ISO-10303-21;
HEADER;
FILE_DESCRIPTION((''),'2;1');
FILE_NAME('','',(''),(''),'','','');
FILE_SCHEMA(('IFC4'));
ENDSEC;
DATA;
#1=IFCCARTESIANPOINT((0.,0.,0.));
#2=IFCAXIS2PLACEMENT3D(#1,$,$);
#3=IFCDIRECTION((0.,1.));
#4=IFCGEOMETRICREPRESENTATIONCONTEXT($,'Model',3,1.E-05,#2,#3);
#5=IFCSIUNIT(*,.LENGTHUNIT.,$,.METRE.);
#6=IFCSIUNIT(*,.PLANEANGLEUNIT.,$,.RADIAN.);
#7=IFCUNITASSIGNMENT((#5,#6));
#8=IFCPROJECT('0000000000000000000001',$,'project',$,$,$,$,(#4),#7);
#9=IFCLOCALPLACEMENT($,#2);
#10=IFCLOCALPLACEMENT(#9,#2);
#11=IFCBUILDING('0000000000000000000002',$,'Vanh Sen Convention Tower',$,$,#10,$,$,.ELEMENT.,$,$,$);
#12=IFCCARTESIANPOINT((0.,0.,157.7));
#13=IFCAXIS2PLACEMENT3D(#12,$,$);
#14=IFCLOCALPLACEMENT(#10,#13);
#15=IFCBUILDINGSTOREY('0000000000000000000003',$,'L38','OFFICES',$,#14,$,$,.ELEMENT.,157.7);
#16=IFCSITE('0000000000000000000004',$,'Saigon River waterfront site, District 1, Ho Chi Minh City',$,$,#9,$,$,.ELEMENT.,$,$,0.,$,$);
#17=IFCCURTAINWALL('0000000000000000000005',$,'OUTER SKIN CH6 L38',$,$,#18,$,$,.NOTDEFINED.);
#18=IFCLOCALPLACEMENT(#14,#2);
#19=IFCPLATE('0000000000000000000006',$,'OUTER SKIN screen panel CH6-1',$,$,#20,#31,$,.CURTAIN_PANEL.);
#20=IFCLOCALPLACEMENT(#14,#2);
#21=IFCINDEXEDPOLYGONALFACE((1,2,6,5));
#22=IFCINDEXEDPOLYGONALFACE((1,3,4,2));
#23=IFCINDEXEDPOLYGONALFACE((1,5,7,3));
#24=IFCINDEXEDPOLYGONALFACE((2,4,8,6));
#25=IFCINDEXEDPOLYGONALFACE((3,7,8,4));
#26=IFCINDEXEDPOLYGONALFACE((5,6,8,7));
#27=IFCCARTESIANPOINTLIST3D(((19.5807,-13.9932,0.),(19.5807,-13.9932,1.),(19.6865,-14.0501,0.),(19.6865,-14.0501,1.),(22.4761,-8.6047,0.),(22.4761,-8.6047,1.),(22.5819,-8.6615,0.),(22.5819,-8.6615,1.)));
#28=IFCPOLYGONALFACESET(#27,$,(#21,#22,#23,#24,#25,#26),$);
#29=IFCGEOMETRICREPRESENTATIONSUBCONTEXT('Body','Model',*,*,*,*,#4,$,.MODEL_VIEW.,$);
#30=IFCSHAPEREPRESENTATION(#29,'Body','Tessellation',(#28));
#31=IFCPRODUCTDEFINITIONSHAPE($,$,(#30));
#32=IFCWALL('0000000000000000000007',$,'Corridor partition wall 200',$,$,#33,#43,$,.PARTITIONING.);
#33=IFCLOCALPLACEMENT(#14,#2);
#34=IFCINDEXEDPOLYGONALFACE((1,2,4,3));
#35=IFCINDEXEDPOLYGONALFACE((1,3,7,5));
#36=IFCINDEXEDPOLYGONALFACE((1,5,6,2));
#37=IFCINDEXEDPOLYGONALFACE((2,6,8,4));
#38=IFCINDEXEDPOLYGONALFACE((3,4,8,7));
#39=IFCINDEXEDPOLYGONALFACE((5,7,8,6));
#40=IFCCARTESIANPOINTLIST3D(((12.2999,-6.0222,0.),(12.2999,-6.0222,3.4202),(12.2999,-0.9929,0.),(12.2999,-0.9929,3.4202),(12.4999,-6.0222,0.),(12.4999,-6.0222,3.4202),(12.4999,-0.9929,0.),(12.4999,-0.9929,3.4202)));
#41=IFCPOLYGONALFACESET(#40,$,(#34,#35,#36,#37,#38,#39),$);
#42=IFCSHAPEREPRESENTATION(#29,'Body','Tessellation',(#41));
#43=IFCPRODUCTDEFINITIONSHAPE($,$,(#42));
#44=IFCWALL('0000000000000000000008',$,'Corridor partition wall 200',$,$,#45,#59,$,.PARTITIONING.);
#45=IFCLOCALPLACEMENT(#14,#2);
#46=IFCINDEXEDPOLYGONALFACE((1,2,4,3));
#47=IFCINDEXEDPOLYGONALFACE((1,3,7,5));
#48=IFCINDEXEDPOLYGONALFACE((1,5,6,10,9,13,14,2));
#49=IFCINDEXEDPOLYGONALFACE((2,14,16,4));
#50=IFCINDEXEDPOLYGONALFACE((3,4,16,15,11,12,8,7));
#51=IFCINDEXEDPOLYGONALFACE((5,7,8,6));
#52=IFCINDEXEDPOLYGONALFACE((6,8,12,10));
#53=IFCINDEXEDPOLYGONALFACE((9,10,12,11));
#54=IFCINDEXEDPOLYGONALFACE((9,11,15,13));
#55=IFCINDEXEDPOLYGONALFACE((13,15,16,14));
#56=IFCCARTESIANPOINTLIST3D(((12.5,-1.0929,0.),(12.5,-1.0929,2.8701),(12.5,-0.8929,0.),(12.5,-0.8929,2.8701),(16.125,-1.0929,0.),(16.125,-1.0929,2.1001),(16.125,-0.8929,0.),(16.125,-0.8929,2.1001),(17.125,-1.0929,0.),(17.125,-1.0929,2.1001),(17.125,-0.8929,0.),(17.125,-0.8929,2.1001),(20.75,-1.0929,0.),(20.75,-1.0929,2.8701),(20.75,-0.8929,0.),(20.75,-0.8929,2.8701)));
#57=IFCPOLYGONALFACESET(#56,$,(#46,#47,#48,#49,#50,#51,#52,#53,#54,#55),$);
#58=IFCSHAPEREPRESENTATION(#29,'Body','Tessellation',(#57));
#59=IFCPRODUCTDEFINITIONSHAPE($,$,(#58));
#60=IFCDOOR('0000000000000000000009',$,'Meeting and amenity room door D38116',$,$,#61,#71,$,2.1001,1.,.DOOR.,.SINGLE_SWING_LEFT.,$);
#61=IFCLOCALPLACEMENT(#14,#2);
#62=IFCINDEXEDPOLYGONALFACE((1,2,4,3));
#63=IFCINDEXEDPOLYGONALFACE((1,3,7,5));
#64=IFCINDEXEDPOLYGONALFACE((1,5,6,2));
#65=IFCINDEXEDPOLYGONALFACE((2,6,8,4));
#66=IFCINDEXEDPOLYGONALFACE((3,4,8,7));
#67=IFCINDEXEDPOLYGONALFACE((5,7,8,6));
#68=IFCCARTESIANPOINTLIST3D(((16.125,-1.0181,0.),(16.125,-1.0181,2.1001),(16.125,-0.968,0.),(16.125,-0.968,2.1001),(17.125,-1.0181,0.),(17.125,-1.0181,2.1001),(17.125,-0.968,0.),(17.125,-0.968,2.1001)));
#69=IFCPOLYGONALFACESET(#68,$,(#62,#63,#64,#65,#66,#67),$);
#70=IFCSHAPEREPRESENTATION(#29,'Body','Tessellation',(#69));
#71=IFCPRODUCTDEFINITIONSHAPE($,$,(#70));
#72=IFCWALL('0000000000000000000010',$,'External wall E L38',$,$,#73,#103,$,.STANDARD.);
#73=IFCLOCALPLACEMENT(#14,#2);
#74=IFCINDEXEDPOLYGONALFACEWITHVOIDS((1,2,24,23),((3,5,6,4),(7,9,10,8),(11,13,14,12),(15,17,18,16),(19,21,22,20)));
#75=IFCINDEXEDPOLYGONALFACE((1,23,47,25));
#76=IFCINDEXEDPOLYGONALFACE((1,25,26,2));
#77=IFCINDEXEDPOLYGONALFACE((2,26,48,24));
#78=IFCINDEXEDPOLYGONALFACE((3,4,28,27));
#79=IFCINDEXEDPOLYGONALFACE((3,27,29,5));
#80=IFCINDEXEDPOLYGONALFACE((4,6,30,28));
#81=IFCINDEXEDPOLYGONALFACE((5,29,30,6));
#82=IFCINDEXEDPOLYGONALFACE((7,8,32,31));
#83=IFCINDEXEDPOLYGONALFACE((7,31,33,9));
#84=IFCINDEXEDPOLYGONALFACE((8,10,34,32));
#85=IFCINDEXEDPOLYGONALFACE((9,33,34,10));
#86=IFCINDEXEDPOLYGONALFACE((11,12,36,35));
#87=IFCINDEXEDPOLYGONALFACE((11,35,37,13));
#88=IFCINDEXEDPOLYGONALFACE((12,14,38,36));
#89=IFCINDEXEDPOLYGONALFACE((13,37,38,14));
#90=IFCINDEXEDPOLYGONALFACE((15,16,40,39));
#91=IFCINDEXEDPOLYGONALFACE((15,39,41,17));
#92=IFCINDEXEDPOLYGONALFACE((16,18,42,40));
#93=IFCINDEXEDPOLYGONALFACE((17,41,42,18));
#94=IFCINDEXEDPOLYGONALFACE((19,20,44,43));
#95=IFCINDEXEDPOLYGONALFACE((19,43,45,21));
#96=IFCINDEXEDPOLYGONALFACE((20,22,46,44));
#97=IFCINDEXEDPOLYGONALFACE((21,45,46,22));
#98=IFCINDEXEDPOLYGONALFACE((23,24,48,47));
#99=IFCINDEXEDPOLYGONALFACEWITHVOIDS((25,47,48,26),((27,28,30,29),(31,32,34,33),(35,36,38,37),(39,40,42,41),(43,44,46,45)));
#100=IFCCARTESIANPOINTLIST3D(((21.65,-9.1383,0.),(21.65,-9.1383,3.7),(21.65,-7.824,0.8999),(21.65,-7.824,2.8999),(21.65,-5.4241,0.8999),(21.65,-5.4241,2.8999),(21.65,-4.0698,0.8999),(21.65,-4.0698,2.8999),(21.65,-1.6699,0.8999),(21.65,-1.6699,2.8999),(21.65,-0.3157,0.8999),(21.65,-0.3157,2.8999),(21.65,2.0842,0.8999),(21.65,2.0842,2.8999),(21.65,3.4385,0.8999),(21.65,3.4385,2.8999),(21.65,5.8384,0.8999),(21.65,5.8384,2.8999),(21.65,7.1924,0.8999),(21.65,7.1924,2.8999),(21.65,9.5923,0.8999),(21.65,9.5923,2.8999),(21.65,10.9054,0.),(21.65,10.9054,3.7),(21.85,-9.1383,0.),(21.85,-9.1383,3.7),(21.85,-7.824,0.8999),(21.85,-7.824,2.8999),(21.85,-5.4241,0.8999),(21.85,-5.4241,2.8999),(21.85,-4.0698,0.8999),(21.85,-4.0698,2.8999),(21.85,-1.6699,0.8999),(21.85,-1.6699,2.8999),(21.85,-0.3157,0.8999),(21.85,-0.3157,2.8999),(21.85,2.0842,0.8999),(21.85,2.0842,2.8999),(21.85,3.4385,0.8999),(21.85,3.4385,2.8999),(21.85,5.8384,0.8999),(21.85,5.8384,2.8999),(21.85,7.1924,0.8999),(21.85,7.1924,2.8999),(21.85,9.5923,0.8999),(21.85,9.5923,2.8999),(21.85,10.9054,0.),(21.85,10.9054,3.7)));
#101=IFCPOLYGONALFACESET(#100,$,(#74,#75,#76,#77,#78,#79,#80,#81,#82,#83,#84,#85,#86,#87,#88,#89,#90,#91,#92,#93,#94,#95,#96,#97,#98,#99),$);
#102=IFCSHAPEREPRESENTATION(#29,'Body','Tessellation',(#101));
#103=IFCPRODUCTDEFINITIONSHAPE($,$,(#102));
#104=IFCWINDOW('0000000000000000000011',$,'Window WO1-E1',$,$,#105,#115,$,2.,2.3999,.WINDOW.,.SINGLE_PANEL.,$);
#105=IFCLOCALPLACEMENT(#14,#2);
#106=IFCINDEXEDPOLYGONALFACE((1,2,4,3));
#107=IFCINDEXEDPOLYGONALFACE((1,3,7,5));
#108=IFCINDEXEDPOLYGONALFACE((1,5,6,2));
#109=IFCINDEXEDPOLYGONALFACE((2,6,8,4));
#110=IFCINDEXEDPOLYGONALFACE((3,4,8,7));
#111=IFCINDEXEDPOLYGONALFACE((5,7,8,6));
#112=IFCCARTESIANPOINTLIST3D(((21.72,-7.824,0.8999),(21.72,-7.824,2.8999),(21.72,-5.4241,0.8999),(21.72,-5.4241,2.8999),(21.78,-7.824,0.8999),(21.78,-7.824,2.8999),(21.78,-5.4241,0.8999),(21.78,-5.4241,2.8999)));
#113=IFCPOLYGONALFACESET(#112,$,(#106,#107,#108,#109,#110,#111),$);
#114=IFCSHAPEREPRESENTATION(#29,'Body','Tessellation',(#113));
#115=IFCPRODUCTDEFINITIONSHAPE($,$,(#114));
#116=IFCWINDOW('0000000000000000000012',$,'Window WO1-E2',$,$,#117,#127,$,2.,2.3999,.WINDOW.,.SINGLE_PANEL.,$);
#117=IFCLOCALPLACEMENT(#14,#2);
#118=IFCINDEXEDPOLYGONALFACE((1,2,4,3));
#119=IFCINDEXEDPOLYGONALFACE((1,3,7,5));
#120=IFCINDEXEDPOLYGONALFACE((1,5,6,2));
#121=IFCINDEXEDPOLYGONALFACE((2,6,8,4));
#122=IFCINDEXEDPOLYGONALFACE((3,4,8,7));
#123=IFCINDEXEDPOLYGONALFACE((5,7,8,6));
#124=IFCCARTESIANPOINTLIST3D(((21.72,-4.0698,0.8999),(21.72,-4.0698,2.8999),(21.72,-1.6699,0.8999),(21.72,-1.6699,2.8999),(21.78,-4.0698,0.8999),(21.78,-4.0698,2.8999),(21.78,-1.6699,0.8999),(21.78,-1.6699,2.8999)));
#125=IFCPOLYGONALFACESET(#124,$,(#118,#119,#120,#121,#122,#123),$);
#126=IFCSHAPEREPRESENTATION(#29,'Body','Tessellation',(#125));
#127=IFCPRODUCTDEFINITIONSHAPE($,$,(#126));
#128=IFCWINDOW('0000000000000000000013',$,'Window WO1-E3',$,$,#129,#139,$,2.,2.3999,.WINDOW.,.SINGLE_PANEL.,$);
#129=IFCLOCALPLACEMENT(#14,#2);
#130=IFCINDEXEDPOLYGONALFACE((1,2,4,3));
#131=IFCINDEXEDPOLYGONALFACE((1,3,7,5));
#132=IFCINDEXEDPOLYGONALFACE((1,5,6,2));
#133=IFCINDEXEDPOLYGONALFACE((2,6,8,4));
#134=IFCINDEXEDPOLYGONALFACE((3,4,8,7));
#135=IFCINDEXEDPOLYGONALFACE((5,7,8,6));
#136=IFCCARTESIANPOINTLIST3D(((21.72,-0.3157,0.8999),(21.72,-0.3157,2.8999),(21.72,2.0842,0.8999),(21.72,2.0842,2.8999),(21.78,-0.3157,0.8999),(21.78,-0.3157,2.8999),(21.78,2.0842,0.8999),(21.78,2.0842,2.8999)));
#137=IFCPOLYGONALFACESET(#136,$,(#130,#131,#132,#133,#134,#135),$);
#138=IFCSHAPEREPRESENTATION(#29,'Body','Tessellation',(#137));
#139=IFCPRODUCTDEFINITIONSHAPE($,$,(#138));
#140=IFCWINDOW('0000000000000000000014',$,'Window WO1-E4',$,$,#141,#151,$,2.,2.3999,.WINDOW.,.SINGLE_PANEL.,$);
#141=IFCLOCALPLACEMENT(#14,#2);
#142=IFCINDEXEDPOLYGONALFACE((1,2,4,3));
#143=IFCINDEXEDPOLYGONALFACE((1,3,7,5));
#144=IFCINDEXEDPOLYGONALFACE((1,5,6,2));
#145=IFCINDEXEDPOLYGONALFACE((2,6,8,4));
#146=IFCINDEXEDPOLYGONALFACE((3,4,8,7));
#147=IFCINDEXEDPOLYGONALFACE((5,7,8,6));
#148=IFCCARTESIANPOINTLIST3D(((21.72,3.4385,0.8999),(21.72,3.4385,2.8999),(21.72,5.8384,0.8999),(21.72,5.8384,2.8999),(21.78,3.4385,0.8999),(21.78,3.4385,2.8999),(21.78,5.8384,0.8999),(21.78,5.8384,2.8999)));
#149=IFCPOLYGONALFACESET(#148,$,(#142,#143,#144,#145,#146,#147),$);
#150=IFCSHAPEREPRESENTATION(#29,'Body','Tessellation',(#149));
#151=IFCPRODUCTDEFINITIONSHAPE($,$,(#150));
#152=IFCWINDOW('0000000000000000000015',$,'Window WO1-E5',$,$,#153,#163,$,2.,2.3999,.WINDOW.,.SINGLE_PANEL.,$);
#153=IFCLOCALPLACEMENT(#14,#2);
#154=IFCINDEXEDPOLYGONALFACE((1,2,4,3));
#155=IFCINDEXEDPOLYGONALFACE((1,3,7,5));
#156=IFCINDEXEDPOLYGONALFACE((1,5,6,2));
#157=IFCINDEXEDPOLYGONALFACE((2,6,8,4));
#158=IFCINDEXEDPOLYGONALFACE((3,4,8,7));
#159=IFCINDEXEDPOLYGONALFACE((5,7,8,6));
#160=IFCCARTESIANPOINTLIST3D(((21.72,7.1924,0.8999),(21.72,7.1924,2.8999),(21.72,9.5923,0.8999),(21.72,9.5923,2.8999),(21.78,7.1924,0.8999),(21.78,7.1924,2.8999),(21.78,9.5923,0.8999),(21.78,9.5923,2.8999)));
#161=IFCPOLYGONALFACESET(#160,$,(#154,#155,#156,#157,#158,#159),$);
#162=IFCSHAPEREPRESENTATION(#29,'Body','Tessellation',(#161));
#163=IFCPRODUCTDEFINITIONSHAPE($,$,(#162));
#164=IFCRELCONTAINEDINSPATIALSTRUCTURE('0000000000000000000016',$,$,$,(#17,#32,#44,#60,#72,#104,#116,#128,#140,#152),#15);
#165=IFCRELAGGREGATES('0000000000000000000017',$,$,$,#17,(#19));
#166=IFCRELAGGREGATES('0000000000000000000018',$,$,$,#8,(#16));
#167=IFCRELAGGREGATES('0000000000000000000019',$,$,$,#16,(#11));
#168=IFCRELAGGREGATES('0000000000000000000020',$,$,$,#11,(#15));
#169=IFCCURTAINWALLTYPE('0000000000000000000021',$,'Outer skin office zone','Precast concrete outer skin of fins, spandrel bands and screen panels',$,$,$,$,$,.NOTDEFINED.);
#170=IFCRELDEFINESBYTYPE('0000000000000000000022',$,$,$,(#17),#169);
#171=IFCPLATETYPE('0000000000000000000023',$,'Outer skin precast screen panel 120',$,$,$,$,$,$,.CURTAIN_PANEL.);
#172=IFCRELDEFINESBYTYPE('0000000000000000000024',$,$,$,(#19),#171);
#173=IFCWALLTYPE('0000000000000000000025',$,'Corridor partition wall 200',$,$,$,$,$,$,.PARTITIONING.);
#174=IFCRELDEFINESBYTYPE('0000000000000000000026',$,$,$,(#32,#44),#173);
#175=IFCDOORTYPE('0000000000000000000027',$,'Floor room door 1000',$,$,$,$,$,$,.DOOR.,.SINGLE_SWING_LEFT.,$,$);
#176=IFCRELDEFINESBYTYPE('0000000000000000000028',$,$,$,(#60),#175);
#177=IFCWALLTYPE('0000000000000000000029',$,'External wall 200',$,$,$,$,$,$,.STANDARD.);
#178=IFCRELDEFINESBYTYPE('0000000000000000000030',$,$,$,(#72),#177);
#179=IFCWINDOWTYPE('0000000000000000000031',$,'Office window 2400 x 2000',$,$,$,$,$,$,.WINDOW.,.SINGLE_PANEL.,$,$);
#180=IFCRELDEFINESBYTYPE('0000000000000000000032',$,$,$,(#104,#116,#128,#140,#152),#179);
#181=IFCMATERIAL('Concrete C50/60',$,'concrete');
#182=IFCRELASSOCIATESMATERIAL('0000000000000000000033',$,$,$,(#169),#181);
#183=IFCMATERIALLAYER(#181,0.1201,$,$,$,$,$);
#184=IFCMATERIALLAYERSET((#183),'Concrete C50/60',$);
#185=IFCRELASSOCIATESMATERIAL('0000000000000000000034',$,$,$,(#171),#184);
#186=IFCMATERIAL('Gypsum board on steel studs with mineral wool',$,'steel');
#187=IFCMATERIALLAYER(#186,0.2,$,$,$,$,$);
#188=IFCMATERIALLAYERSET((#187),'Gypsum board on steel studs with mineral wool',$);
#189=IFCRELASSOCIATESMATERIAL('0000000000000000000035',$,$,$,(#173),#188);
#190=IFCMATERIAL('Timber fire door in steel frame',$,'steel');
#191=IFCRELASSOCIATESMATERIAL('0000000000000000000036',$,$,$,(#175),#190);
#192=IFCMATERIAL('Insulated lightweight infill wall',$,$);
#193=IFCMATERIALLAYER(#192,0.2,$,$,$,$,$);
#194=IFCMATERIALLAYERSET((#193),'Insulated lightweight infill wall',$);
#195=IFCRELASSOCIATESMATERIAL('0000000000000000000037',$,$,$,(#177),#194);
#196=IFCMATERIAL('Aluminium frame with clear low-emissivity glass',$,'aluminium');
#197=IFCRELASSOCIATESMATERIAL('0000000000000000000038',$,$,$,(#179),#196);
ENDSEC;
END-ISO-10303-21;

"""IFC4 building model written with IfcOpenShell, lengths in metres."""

from ifc_helpers import new_model, si_unit, direction, frame, frame_2d, origin, origin_2d, place, context, subcontext, project, spatial, rectangle, extrude, material, layer, layer_set, type_object, element, fill, aggregate, save


model = new_model("IFC4")

# Units and contexts
model_context = context("Model", 3, precision=1e-05, world=origin(), true_north=direction((0.0, 1.0)))
body_context = subcontext(model_context, "Body", "Model", "MODEL_VIEW")
ifc_project = project(units=[si_unit("LENGTHUNIT", "METRE"), si_unit("PLANEANGLEUNIT", "RADIAN")], contexts=[model_context])

# Site, building, storey
site_placement = place(None, origin())
site = spatial("IfcSite", under=ifc_project, at=site_placement, Name="Saigon River waterfront site, District 1, Ho Chi Minh City", CompositionType="ELEMENT", RefElevation=0.0)
building_placement = place(site_placement, origin())
building = spatial("IfcBuilding", under=site, at=building_placement, Name="Vanh Sen Convention Tower", CompositionType="ELEMENT")
storey_placement = place(building_placement, frame((0.0, 0.0, 157.7)))
storey = spatial("IfcBuildingStorey", under=building, at=storey_placement, Name="L38", Description="OFFICES", CompositionType="ELEMENT", Elevation=157.7)

# Shared definitions
ifc_material_1 = material(Name="Concrete C50/60", Category="concrete")
curtain_wall_type = type_object("IfcCurtainWallType", Name="Outer skin office zone", Description="Precast concrete outer skin of fins, spandrel bands and screen panels", PredefinedType="NOTDEFINED", material=ifc_material_1)

# Shared definitions
ifc_layer_1 = layer(ifc_material_1, 0.1201)
ifc_layer_set_1 = layer_set([ifc_layer_1], Name="Concrete C50/60")
plate_type = type_object("IfcPlateType", Name="Outer skin precast screen panel 120", PredefinedType="CURTAIN_PANEL", material=ifc_layer_set_1)

# Curtain wall, plate
curtain_wall_1_placement = place(storey_placement, origin())
curtain_wall_1 = element("IfcCurtainWall", 1, at=curtain_wall_1_placement, inside=storey, type_object=curtain_wall_type, Name="OUTER SKIN CH6 L38", PredefinedType="NOTDEFINED")
plate_1_placement = place(storey_placement, frame((21.0813, -11.3274, 0.0), z_axis=(0.0, 0.0, 1.0), x_axis=(0.473321, 0.88089, 0.0)))
plate_1 = element("IfcPlate", 2, at=plate_1_placement, type_object=plate_type, Name="OUTER SKIN screen panel CH6-1", PredefinedType="CURTAIN_PANEL", context=body_context, shape_type="SweptSolid", body=[
    extrude(rectangle(XDim=6.1172, YDim=0.1201, at=origin_2d()), origin(), (0.0, 0.0, 1.0), 1.0),
])
aggregate(curtain_wall_1, [plate_1])

# Wall
ifc_material_2 = material(Name="Gypsum board on steel studs with mineral wool", Category="steel")
ifc_layer_2 = layer(ifc_material_2, 0.2)
ifc_layer_set_2 = layer_set([ifc_layer_2], Name="Gypsum board on steel studs with mineral wool")
wall_type_1 = type_object("IfcWallType", Name="Corridor partition wall 200", PredefinedType="PARTITIONING", material=ifc_layer_set_2)
wall_1_placement = place(storey_placement, frame((12.3999, -6.0222, 0.0), z_axis=(0.0, 0.0, 1.0), x_axis=(0.0, 1.0, 0.0)))
element("IfcWall", 3, at=wall_1_placement, inside=storey, type_object=wall_type_1, Name="Corridor partition wall 200", PredefinedType="PARTITIONING", context=body_context, shape_type="SweptSolid", body=[
    extrude(rectangle(XDim=5.0293, YDim=0.2, at=frame_2d((2.5146, 0.0))), origin(), (0.0, 0.0, 1.0), 3.4202),
])

# Wall, opening, door
wall_2_placement = place(storey_placement, frame((12.5, -0.9929, 0.0), z_axis=(0.0, 0.0, 1.0), x_axis=(1.0, 0.0, 0.0)))
wall_2 = element("IfcWall", 4, at=wall_2_placement, inside=storey, type_object=wall_type_1, Name="Corridor partition wall 200", PredefinedType="PARTITIONING", context=body_context, shape_type="SweptSolid", body=[
    extrude(rectangle(XDim=8.25, YDim=0.2, at=frame_2d((4.125, 0.0))), origin(), (0.0, 0.0, 1.0), 2.8701),
])
opening_1_placement = place(wall_2_placement, frame((3.625, 0.0, 0.0)))
opening_1 = element("IfcOpeningElement", 5, at=opening_1_placement, cuts=wall_2, PredefinedType="OPENING", context=body_context, shape_type="SweptSolid", body=[
    extrude(rectangle(XDim=1.0, YDim=2.1001, at=frame_2d((0.5, 1.05))), frame((0.0, 0.1099, 0.0), z_axis=(0.0, -1.0, 0.0), x_axis=(1.0, 0.0, 0.0)), (0.0, 0.0, 1.0), 0.22),
])
ifc_material_3 = material(Name="Timber fire door in steel frame", Category="steel")
door_type = type_object("IfcDoorType", Name="Floor room door 1000", OperationType="SINGLE_SWING_LEFT", PredefinedType="DOOR", material=ifc_material_3)
door_placement = place(opening_1_placement, origin())
door = element("IfcDoor", 6, at=door_placement, inside=storey, type_object=door_type, Name="Meeting and amenity room door D38116", OperationType="SINGLE_SWING_LEFT", OverallHeight=2.1001, OverallWidth=1.0, PredefinedType="DOOR", context=body_context, shape_type="SweptSolid", body=[
    extrude(rectangle(XDim=1.0, YDim=2.1001, at=frame_2d((0.5, 1.05))), frame((0.0, 0.0249, 0.0), z_axis=(0.0, -1.0, 0.0), x_axis=(1.0, 0.0, 0.0)), (0.0, 0.0, 1.0), 0.05),
])
fill(opening_1, door)

# Wall, openings, windows
ifc_material_4 = material(Name="Insulated lightweight infill wall")
ifc_layer_3 = layer(ifc_material_4, 0.2)
ifc_layer_set_3 = layer_set([ifc_layer_3], Name="Insulated lightweight infill wall")
wall_type_2 = type_object("IfcWallType", Name="External wall 200", PredefinedType="STANDARD", material=ifc_layer_set_3)
wall_3_placement = place(storey_placement, frame((21.75, -9.1384, 0.0), z_axis=(0.0, 0.0, 1.0), x_axis=(0.0, 1.0, 0.0)))
wall_3 = element("IfcWall", 7, at=wall_3_placement, inside=storey, type_object=wall_type_2, Name="External wall E L38", PredefinedType="STANDARD", context=body_context, shape_type="SweptSolid", body=[
    extrude(rectangle(XDim=20.0437, YDim=0.2, at=frame_2d((10.022, 0.0))), origin(), (0.0, 0.0, 1.0), 3.7),
])
opening_2_placement = place(wall_3_placement, frame((1.3145, 0.0, 0.8999)))
opening_2 = element("IfcOpeningElement", 8, at=opening_2_placement, cuts=wall_3, PredefinedType="OPENING", context=body_context, shape_type="SweptSolid", body=[
    extrude(rectangle(XDim=2.3999, YDim=2.0, at=frame_2d((1.2, 1.0))), frame((0.0, 0.1099, 0.0), z_axis=(0.0, -1.0, 0.0), x_axis=(1.0, 0.0, 0.0)), (0.0, 0.0, 1.0), 0.22),
])
opening_3_placement = place(wall_3_placement, frame((5.0686, 0.0, 0.8999)))
opening_3 = element("IfcOpeningElement", 9, at=opening_3_placement, cuts=wall_3, PredefinedType="OPENING", context=body_context, shape_type="SweptSolid", body=[
    extrude(rectangle(XDim=2.3999, YDim=2.0, at=frame_2d((1.2, 1.0))), frame((0.0, 0.1099, 0.0), z_axis=(0.0, -1.0, 0.0), x_axis=(1.0, 0.0, 0.0)), (0.0, 0.0, 1.0), 0.22),
])
opening_4_placement = place(wall_3_placement, frame((8.8228, 0.0, 0.8999)))
opening_4 = element("IfcOpeningElement", 10, at=opening_4_placement, cuts=wall_3, PredefinedType="OPENING", context=body_context, shape_type="SweptSolid", body=[
    extrude(rectangle(XDim=2.3999, YDim=2.0, at=frame_2d((1.2, 1.0))), frame((0.0, 0.1099, 0.0), z_axis=(0.0, -1.0, 0.0), x_axis=(1.0, 0.0, 0.0)), (0.0, 0.0, 1.0), 0.22),
])
opening_5_placement = place(wall_3_placement, frame((12.5769, 0.0, 0.8999)))
opening_5 = element("IfcOpeningElement", 11, at=opening_5_placement, cuts=wall_3, PredefinedType="OPENING", context=body_context, shape_type="SweptSolid", body=[
    extrude(rectangle(XDim=2.3999, YDim=2.0, at=frame_2d((1.2, 1.0))), frame((0.0, 0.1099, 0.0), z_axis=(0.0, -1.0, 0.0), x_axis=(1.0, 0.0, 0.0)), (0.0, 0.0, 1.0), 0.22),
])
opening_6_placement = place(wall_3_placement, frame((16.3308, 0.0, 0.8999)))
opening_6 = element("IfcOpeningElement", 12, at=opening_6_placement, cuts=wall_3, PredefinedType="OPENING", context=body_context, shape_type="SweptSolid", body=[
    extrude(rectangle(XDim=2.3999, YDim=2.0, at=frame_2d((1.2, 1.0))), frame((0.0, 0.1099, 0.0), z_axis=(0.0, -1.0, 0.0), x_axis=(1.0, 0.0, 0.0)), (0.0, 0.0, 1.0), 0.22),
])
ifc_material_5 = material(Name="Aluminium frame with clear low-emissivity glass", Category="aluminium")
window_type = type_object("IfcWindowType", Name="Office window 2400 x 2000", PartitioningType="SINGLE_PANEL", PredefinedType="WINDOW", material=ifc_material_5)
window_1_placement = place(opening_2_placement, origin())
window_1 = element("IfcWindow", 13, at=window_1_placement, inside=storey, type_object=window_type, Name="Window WO1-E1", OverallHeight=2.0, OverallWidth=2.3999, PartitioningType="SINGLE_PANEL", PredefinedType="WINDOW", context=body_context, shape_type="SweptSolid", body=[
    extrude(rectangle(XDim=2.3999, YDim=2.0, at=frame_2d((1.2, 1.0))), frame((0.0, 0.03, 0.0), z_axis=(0.0, -1.0, 0.0), x_axis=(1.0, 0.0, 0.0)), (0.0, 0.0, 1.0), 0.0601),
])
fill(opening_2, window_1)
window_2_placement = place(opening_3_placement, origin())
window_2 = element("IfcWindow", 14, at=window_2_placement, inside=storey, type_object=window_type, Name="Window WO1-E2", OverallHeight=2.0, OverallWidth=2.3999, PartitioningType="SINGLE_PANEL", PredefinedType="WINDOW", context=body_context, shape_type="SweptSolid", body=[
    extrude(rectangle(XDim=2.3999, YDim=2.0, at=frame_2d((1.2, 1.0))), frame((0.0, 0.03, 0.0), z_axis=(0.0, -1.0, 0.0), x_axis=(1.0, 0.0, 0.0)), (0.0, 0.0, 1.0), 0.0601),
])
fill(opening_3, window_2)
window_3_placement = place(opening_4_placement, origin())
window_3 = element("IfcWindow", 15, at=window_3_placement, inside=storey, type_object=window_type, Name="Window WO1-E3", OverallHeight=2.0, OverallWidth=2.3999, PartitioningType="SINGLE_PANEL", PredefinedType="WINDOW", context=body_context, shape_type="SweptSolid", body=[
    extrude(rectangle(XDim=2.3999, YDim=2.0, at=frame_2d((1.2, 1.0))), frame((0.0, 0.03, 0.0), z_axis=(0.0, -1.0, 0.0), x_axis=(1.0, 0.0, 0.0)), (0.0, 0.0, 1.0), 0.0601),
])
fill(opening_4, window_3)
window_4_placement = place(opening_5_placement, origin())
window_4 = element("IfcWindow", 16, at=window_4_placement, inside=storey, type_object=window_type, Name="Window WO1-E4", OverallHeight=2.0, OverallWidth=2.3999, PartitioningType="SINGLE_PANEL", PredefinedType="WINDOW", context=body_context, shape_type="SweptSolid", body=[
    extrude(rectangle(XDim=2.3999, YDim=2.0, at=frame_2d((1.2, 1.0))), frame((0.0, 0.03, 0.0), z_axis=(0.0, -1.0, 0.0), x_axis=(1.0, 0.0, 0.0)), (0.0, 0.0, 1.0), 0.0601),
])
fill(opening_5, window_4)
window_5_placement = place(opening_6_placement, origin())
window_5 = element("IfcWindow", 17, at=window_5_placement, inside=storey, type_object=window_type, Name="Window WO1-E5", OverallHeight=2.0, OverallWidth=2.3999, PartitioningType="SINGLE_PANEL", PredefinedType="WINDOW", context=body_context, shape_type="SweptSolid", body=[
    extrude(rectangle(XDim=2.3999, YDim=2.0, at=frame_2d((1.2, 1.0))), frame((0.0, 0.03, 0.0), z_axis=(0.0, -1.0, 0.0), x_axis=(1.0, 0.0, 0.0)), (0.0, 0.0, 1.0), 0.0601),
])
fill(opening_6, window_5)

save(model, "model.ifc")
